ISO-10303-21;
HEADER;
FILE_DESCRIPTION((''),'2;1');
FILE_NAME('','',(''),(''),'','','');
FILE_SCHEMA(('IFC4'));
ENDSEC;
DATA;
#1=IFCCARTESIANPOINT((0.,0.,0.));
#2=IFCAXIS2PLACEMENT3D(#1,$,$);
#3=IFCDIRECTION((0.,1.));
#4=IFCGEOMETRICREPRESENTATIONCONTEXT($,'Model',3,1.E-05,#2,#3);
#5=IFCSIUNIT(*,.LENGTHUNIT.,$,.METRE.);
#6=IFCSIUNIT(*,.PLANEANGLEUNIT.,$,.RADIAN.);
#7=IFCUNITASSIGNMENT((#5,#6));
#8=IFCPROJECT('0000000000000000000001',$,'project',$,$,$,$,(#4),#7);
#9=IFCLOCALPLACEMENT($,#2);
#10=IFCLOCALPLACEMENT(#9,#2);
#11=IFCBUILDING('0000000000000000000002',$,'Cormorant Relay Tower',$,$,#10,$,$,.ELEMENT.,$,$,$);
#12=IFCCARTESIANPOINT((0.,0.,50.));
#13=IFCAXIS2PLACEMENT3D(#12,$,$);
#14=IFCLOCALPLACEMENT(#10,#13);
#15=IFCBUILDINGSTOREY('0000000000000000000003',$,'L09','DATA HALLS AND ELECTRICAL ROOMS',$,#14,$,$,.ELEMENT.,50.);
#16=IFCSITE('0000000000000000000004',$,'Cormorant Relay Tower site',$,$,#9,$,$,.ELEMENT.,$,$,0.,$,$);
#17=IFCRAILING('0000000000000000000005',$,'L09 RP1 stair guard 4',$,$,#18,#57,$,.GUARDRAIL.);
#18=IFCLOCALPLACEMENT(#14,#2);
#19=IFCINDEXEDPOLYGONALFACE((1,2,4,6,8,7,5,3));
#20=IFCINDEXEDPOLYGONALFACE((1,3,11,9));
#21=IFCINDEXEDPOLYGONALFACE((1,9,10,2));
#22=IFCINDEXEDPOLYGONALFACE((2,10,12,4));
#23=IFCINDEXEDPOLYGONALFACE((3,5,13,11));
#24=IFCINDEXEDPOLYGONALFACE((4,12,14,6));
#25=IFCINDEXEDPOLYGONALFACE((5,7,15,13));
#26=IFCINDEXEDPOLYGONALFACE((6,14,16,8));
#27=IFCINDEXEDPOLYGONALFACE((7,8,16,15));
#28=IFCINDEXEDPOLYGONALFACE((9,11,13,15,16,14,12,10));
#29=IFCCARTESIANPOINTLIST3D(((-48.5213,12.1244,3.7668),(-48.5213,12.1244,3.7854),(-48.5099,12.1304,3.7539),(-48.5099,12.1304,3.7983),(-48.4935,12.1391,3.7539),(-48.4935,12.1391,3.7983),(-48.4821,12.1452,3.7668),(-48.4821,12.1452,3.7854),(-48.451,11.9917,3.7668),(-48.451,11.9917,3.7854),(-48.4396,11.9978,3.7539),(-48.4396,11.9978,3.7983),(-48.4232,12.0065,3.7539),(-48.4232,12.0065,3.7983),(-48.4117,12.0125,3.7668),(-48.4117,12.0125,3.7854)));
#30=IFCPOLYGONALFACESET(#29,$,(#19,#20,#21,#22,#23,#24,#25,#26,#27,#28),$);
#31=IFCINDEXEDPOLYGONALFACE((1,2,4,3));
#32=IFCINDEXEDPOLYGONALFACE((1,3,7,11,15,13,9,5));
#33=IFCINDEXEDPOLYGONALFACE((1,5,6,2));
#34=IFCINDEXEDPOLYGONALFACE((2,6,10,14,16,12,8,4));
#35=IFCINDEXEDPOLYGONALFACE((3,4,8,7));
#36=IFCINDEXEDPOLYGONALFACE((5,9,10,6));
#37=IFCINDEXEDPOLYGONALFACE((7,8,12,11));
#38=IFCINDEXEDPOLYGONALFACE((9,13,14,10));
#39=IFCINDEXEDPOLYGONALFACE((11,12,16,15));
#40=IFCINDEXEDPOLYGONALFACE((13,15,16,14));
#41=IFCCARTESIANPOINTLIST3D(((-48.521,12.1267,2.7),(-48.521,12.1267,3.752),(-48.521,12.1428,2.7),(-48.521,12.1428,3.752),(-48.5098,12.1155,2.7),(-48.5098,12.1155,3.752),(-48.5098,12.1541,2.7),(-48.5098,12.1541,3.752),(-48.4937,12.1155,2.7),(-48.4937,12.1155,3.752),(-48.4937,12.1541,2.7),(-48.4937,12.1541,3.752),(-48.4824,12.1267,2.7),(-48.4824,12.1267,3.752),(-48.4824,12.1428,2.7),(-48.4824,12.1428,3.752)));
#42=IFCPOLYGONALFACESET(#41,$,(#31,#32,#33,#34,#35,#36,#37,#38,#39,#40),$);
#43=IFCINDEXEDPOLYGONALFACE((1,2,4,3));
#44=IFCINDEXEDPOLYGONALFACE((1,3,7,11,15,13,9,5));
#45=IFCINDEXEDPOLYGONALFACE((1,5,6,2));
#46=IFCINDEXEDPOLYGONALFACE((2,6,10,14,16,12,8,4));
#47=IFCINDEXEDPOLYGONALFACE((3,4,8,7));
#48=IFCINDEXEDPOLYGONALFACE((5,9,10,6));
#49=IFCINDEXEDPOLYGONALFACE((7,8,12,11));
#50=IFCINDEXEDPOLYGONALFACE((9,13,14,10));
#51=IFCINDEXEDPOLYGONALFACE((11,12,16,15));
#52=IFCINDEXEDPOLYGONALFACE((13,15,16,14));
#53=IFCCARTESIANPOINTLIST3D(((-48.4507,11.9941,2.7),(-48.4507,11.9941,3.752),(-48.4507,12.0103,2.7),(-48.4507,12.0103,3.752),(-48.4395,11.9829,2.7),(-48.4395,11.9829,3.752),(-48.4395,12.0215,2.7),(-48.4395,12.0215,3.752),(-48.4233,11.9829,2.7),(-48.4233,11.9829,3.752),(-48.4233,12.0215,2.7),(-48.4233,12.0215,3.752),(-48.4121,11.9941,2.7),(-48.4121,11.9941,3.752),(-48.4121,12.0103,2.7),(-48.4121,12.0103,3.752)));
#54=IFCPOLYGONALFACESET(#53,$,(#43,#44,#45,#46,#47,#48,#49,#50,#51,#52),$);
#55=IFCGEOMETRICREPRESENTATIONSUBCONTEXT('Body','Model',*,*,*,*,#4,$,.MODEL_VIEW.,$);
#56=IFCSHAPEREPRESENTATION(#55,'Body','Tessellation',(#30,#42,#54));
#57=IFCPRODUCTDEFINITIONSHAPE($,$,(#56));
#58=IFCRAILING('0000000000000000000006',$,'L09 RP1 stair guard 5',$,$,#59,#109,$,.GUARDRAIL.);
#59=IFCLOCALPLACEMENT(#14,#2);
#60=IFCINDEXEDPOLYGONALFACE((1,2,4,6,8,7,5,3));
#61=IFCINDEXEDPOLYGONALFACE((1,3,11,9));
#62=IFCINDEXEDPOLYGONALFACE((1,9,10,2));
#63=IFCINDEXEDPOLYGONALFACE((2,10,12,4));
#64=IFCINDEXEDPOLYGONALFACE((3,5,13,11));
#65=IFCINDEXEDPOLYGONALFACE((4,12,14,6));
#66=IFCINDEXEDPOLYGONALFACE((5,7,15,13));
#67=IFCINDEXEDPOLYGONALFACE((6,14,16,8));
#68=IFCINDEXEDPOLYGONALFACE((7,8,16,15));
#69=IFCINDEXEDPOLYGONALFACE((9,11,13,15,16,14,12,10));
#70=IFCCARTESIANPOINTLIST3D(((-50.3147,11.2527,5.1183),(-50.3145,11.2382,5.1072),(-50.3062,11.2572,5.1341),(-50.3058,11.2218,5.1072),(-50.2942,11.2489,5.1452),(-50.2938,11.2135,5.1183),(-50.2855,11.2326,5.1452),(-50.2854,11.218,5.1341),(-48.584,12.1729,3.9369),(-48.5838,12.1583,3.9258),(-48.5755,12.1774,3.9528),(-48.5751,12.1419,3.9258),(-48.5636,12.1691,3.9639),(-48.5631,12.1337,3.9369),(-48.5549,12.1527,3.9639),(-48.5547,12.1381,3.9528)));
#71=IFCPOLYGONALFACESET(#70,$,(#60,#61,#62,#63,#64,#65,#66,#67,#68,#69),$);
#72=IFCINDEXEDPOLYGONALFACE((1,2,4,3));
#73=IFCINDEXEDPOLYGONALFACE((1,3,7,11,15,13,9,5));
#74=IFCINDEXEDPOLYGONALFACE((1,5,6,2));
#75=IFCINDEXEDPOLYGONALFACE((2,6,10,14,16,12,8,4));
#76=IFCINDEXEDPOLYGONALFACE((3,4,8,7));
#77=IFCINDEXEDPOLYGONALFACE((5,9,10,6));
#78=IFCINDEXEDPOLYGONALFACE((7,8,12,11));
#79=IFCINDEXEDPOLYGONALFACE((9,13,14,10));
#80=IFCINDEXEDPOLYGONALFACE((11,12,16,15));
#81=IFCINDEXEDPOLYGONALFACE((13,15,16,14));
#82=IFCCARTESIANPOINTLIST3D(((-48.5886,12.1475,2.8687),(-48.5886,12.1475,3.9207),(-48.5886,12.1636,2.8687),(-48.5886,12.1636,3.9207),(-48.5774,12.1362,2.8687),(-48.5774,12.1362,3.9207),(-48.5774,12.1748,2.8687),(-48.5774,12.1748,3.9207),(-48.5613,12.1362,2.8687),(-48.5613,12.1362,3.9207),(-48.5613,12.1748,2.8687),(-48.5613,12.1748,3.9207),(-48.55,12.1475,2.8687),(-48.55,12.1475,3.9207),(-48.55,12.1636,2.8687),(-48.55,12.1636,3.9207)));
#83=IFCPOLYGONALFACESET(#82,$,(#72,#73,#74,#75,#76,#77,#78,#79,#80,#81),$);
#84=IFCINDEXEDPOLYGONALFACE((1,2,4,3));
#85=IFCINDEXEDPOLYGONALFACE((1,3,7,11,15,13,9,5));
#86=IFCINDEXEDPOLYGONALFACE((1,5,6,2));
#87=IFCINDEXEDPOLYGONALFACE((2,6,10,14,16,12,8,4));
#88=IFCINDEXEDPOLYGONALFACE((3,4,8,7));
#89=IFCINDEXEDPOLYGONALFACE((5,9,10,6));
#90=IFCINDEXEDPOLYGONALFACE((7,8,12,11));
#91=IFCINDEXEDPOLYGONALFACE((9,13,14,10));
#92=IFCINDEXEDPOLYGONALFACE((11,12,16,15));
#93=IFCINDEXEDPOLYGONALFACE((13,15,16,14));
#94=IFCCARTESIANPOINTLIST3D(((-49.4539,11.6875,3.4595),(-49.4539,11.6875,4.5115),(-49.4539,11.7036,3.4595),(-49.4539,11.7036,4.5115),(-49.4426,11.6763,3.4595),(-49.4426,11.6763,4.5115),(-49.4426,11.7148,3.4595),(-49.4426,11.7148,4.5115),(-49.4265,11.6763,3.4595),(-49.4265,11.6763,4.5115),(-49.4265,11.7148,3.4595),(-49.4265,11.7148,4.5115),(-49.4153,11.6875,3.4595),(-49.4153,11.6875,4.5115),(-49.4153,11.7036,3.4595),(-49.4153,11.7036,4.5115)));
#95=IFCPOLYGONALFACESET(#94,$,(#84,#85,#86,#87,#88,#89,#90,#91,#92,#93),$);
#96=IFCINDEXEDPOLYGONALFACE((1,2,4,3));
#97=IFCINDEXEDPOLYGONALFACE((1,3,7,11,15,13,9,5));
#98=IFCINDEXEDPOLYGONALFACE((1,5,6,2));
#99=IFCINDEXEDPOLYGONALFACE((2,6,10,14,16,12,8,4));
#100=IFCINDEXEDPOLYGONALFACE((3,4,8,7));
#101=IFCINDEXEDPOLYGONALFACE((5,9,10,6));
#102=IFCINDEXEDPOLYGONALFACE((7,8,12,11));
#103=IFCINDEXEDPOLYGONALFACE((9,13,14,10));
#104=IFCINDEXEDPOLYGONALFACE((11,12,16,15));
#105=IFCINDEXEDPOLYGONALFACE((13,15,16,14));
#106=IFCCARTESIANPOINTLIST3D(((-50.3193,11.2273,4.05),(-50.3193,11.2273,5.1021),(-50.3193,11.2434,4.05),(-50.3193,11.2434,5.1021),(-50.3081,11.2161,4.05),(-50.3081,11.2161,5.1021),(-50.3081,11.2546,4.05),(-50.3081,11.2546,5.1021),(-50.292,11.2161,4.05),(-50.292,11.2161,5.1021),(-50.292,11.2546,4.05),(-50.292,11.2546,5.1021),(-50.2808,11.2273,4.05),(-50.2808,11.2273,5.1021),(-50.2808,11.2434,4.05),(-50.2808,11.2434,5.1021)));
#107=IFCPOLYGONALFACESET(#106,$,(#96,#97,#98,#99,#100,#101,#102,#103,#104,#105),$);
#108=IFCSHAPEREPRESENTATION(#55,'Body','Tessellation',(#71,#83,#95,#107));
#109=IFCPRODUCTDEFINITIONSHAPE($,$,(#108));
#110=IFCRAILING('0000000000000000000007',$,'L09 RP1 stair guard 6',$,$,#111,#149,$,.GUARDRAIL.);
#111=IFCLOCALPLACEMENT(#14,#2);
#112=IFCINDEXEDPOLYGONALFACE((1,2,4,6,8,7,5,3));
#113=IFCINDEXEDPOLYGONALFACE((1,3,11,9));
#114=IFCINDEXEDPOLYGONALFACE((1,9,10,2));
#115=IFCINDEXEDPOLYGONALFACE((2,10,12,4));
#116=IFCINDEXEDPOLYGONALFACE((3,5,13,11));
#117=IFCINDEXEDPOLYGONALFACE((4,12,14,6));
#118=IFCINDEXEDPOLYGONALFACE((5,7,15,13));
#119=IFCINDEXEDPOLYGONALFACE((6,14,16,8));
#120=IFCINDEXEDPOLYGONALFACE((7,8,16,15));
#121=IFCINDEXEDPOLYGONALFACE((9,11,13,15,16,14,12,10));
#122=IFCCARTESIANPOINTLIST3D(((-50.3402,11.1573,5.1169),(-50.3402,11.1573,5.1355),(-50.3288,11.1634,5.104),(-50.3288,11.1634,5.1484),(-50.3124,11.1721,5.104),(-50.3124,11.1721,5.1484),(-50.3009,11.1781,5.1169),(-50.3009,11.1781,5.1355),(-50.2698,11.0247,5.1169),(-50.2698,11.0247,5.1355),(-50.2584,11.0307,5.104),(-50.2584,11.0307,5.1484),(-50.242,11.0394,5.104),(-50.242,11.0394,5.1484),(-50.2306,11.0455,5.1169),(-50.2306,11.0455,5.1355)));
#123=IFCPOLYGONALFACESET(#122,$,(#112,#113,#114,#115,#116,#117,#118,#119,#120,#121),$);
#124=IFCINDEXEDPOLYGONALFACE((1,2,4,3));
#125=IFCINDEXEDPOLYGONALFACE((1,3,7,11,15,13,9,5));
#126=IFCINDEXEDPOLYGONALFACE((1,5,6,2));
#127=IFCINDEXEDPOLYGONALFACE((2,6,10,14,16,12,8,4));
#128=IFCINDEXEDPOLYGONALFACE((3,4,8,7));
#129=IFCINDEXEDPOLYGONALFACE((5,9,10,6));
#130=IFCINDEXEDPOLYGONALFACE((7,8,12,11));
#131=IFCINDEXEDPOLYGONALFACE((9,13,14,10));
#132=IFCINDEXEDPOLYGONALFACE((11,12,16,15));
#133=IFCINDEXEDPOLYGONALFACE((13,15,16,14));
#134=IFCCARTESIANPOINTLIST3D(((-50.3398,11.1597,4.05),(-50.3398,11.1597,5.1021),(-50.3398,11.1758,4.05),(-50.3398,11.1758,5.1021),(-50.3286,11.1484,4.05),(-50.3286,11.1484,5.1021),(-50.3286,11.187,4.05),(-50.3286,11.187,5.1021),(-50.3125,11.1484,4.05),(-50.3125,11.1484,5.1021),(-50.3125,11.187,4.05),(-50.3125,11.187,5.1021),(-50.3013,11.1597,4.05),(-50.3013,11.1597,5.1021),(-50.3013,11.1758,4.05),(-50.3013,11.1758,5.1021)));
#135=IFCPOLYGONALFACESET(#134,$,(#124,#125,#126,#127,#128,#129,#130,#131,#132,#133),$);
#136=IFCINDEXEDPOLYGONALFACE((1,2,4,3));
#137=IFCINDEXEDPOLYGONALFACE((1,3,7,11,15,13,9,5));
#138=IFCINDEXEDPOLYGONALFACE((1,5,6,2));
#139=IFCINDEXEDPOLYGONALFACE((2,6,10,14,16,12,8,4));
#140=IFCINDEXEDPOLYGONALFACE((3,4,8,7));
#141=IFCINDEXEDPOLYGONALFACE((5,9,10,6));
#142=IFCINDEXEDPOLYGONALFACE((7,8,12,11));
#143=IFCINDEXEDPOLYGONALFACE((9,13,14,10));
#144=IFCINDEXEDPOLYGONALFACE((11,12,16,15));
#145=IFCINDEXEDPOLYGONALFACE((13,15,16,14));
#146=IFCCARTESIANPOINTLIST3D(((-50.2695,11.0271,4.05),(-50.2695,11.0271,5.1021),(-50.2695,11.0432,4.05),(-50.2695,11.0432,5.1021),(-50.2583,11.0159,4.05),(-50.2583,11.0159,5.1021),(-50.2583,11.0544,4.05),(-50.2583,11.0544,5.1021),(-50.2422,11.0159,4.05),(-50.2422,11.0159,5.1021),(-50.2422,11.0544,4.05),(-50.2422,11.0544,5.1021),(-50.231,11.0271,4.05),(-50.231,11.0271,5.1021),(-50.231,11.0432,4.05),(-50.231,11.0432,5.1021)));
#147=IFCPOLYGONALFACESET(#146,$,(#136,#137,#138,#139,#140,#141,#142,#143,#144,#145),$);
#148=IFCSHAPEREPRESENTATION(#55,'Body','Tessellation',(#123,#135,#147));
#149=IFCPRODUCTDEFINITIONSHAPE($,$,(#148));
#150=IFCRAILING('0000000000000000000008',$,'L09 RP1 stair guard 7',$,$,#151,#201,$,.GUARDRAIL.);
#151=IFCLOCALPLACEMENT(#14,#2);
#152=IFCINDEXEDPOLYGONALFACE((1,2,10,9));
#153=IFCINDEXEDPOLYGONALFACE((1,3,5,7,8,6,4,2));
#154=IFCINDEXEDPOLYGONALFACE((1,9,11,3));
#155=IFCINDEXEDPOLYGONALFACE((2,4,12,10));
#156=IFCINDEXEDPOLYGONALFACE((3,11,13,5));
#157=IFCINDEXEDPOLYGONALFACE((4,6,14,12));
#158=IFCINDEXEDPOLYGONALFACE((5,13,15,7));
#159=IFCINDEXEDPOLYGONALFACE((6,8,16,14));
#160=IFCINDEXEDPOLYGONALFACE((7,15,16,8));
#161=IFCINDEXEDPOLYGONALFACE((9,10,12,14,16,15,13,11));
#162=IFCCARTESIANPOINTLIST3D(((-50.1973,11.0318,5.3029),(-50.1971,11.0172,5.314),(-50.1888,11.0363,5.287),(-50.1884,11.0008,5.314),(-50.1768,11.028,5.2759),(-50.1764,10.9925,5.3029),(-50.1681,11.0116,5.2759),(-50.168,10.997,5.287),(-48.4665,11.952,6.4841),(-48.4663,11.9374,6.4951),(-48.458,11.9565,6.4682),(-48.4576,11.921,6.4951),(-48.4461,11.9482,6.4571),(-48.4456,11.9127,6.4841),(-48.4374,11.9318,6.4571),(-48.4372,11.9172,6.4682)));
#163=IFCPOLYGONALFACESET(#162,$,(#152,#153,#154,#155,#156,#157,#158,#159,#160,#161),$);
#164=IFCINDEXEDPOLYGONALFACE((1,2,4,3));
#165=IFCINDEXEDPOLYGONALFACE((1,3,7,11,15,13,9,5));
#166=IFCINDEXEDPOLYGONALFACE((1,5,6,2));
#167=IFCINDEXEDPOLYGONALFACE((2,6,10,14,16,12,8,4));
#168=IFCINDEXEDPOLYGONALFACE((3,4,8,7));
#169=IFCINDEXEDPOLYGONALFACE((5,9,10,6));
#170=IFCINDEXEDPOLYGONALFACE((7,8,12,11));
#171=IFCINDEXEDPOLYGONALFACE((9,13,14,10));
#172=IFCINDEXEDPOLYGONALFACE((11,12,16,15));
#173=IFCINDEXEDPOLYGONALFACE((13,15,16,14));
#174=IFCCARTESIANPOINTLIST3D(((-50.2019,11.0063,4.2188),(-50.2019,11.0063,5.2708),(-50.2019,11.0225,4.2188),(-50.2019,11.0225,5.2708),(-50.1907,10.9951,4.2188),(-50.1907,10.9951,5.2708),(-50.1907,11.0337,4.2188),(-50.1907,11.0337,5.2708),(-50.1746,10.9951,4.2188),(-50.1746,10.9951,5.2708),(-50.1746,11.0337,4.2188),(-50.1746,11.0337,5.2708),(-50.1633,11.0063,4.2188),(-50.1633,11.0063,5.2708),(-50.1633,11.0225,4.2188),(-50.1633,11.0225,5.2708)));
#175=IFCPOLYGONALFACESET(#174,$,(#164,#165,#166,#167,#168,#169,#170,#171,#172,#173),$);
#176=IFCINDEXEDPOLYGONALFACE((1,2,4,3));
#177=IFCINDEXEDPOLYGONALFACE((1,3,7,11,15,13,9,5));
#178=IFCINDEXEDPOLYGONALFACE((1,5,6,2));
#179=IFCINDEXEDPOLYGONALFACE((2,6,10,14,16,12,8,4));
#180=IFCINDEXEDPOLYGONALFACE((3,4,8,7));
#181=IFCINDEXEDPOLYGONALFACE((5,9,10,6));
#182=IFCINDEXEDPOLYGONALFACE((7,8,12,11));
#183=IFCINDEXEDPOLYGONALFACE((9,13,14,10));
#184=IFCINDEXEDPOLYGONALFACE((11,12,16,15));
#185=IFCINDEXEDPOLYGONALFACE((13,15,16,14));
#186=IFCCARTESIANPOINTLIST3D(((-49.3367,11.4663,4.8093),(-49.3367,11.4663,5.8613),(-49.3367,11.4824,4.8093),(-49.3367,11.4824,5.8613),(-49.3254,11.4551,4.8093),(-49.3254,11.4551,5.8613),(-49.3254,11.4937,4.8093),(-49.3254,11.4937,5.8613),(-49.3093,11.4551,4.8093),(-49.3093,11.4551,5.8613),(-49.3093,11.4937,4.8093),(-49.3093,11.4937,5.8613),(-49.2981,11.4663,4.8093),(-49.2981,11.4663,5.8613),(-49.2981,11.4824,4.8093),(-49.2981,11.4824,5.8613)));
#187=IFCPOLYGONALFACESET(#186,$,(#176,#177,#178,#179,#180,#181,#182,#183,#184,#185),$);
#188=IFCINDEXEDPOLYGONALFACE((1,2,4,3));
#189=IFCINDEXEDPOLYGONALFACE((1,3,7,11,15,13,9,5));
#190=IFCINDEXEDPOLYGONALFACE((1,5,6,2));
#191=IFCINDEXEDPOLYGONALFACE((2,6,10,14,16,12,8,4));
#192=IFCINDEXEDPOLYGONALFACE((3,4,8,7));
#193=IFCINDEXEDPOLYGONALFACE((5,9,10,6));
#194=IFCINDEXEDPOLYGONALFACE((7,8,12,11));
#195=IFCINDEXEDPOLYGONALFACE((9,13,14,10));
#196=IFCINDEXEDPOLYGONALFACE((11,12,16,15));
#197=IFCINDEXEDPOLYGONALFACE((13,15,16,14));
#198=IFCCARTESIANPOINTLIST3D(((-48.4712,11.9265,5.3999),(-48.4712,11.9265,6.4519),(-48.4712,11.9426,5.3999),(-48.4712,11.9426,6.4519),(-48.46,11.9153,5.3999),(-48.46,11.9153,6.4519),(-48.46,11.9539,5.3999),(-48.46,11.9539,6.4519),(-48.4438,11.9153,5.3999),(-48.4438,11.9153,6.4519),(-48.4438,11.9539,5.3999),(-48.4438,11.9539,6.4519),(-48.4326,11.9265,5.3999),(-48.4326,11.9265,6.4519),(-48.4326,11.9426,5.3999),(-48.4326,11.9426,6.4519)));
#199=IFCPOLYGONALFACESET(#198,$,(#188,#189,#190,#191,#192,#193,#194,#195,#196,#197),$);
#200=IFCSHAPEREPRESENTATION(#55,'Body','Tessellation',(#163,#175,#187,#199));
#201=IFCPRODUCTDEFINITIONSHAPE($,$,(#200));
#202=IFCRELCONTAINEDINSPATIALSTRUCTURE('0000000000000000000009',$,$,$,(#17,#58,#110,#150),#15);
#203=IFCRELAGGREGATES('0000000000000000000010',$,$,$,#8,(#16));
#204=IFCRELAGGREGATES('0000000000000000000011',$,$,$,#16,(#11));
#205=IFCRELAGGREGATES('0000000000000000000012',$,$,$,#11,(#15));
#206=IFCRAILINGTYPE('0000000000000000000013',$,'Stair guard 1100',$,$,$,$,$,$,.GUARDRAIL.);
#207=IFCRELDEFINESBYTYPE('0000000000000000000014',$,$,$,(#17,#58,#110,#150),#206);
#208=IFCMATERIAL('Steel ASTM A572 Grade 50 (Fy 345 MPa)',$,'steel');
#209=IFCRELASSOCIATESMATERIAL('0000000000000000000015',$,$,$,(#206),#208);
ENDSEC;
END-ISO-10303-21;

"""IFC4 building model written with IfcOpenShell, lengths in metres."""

from ifc_helpers import new_model, si_unit, direction, frame, origin, place, context, subcontext, project, spatial, polyline, outline, extrude, material, type_object, element, save


model = new_model("IFC4")

# Units and contexts
model_context = context("Model", 3, precision=1e-05, world=origin(), true_north=direction((0.0, 1.0)))
body_context = subcontext(model_context, "Body", "Model", "MODEL_VIEW")
ifc_project = project(units=[si_unit("LENGTHUNIT", "METRE"), si_unit("PLANEANGLEUNIT", "RADIAN")], contexts=[model_context])

# Site, building, storey
site_placement = place(None, origin())
site = spatial("IfcSite", under=ifc_project, at=site_placement, Name="Cormorant Relay Tower site", CompositionType="ELEMENT", RefElevation=0.0)
building_placement = place(site_placement, origin())
building = spatial("IfcBuilding", under=site, at=building_placement, Name="Cormorant Relay Tower", CompositionType="ELEMENT")
storey_placement = place(building_placement, frame((0.0, 0.0, 50.0)))
storey = spatial("IfcBuildingStorey", under=building, at=storey_placement, Name="L09", Description="DATA HALLS AND ELECTRICAL ROOMS", CompositionType="ELEMENT", Elevation=50.0)

# Railings
ifc_material_1 = material(Name="Steel ASTM A572 Grade 50 (Fy 345 MPa)", Category="steel")
railing_type_1 = type_object("IfcRailingType", Name="Stair guard 1100", PredefinedType="GUARDRAIL", material=ifc_material_1)
railing_1_placement = place(storey_placement, frame((-48.5017, 12.1348, 2.7)))
element("IfcRailing", 1, at=railing_1_placement, inside=storey, type_object=railing_type_1, Name="L09 RP1 stair guard 4", PredefinedType="GUARDRAIL", context=body_context, shape_type="SweptSolid", body=[
    extrude(outline(polyline([(0.0222, 0.0093), (0.0093, 0.0222), (-0.0093, 0.0222), (-0.0222, 0.0093), (-0.0222, -0.0093), (-0.0093, -0.0222), (0.0093, -0.0222), (0.0222, -0.0093), (0.0222, 0.0093)])), frame((0.0, 0.0, 1.0762), z_axis=(0.46856, -0.883431, 0.0), x_axis=(0.883431, 0.46856, 0.0)), (0.0, 0.0, 1.0), 0.1501),
    extrude(outline(polyline([(0.0193, 0.0081), (0.0081, 0.0193), (-0.0081, 0.0193), (-0.0193, 0.0081), (-0.0193, -0.0081), (-0.0081, -0.0193), (0.0081, -0.0193), (0.0193, -0.0081), (0.0193, 0.0081)])), origin(), (0.0, 0.0, 1.0), 1.052),
    extrude(outline(polyline([(0.0193, 0.0081), (0.0081, 0.0193), (-0.0081, 0.0193), (-0.0193, 0.0081), (-0.0193, -0.0081), (-0.0081, -0.0193), (0.0081, -0.0193), (0.0193, -0.0081), (0.0193, 0.0081)])), frame((0.0703, -0.1326, 0.0)), (0.0, 0.0, 1.0), 1.052),
])
railing_2_placement = place(storey_placement, frame((-48.5693, 12.1555, 2.8687)))
element("IfcRailing", 2, at=railing_2_placement, inside=storey, type_object=railing_type_1, Name="L09 RP1 stair guard 5", PredefinedType="GUARDRAIL", context=body_context, shape_type="SweptSolid", body=[
    extrude(outline(polyline([(0.0222, 0.0093), (0.0093, 0.0222), (-0.0093, 0.0222), (-0.0222, 0.0093), (-0.0222, -0.0093), (-0.0093, -0.0222), (0.0093, -0.0222), (0.0222, -0.0093), (0.0222, 0.0093)])), frame((0.0, 0.0, 1.0762), z_axis=(-0.756226, -0.402062, 0.516205), x_axis=(0.469444, -0.882962, 0.0)), (0.0, 0.0, 1.0), 2.2886),
    extrude(outline(polyline([(0.0193, 0.0081), (0.0081, 0.0193), (-0.0081, 0.0193), (-0.0193, 0.0081), (-0.0193, -0.0081), (-0.0081, -0.0193), (0.0081, -0.0193), (0.0193, -0.0081), (0.0193, 0.0081)])), origin(), (0.0, 0.0, 1.0), 1.052),
    extrude(outline(polyline([(0.0193, 0.0081), (0.0081, 0.0193), (-0.0081, 0.0193), (-0.0193, 0.0081), (-0.0193, -0.0081), (-0.0081, -0.0193), (0.0081, -0.0193), (0.0193, -0.0081), (0.0193, 0.0081)])), frame((-0.8652, -0.46, 0.5908)), (0.0, 0.0, 1.0), 1.052),
    extrude(outline(polyline([(0.0193, 0.0081), (0.0081, 0.0193), (-0.0081, 0.0193), (-0.0193, 0.0081), (-0.0193, -0.0081), (-0.0081, -0.0193), (0.0081, -0.0193), (0.0193, -0.0081), (0.0193, 0.0081)])), frame((-1.7307, -0.9202, 1.1814)), (0.0, 0.0, 1.0), 1.052),
])
railing_3_placement = place(storey_placement, frame((-50.3206, 11.1677, 4.05)))
element("IfcRailing", 3, at=railing_3_placement, inside=storey, type_object=railing_type_1, Name="L09 RP1 stair guard 6", PredefinedType="GUARDRAIL", context=body_context, shape_type="SweptSolid", body=[
    extrude(outline(polyline([(0.0222, 0.0093), (0.0093, 0.0222), (-0.0093, 0.0222), (-0.0222, 0.0093), (-0.0222, -0.0093), (-0.0093, -0.0222), (0.0093, -0.0222), (0.0222, -0.0093), (0.0222, 0.0093)])), frame((0.0, 0.0, 1.0762), z_axis=(0.46856, -0.883431, 0.0), x_axis=(0.883431, 0.46856, 0.0)), (0.0, 0.0, 1.0), 0.1501),
    extrude(outline(polyline([(0.0193, 0.0081), (0.0081, 0.0193), (-0.0081, 0.0193), (-0.0193, 0.0081), (-0.0193, -0.0081), (-0.0081, -0.0193), (0.0081, -0.0193), (0.0193, -0.0081), (0.0193, 0.0081)])), origin(), (0.0, 0.0, 1.0), 1.052),
    extrude(outline(polyline([(0.0193, 0.0081), (0.0081, 0.0193), (-0.0081, 0.0193), (-0.0193, 0.0081), (-0.0193, -0.0081), (-0.0081, -0.0193), (0.0081, -0.0193), (0.0193, -0.0081), (0.0193, 0.0081)])), frame((0.0703, -0.1326, 0.0)), (0.0, 0.0, 1.0), 1.052),
])
railing_4_placement = place(storey_placement, frame((-50.1826, 11.0144, 4.2188)))
element("IfcRailing", 4, at=railing_4_placement, inside=storey, type_object=railing_type_1, Name="L09 RP1 stair guard 7", PredefinedType="GUARDRAIL", context=body_context, shape_type="SweptSolid", body=[
    extrude(outline(polyline([(0.0222, 0.0093), (0.0093, 0.0222), (-0.0093, 0.0222), (-0.0222, 0.0093), (-0.0222, -0.0093), (-0.0093, -0.0222), (0.0093, -0.0222), (0.0222, -0.0093), (0.0222, 0.0093)])), frame((0.0, 0.0, 1.0762), z_axis=(0.756268, 0.402084, 0.516127), x_axis=(-0.469444, 0.882962, 0.0)), (0.0, 0.0, 1.0), 2.2886),
    extrude(outline(polyline([(0.0193, 0.0081), (0.0081, 0.0193), (-0.0081, 0.0193), (-0.0193, 0.0081), (-0.0193, -0.0081), (-0.0081, -0.0193), (0.0081, -0.0193), (0.0193, -0.0081), (0.0193, 0.0081)])), origin(), (0.0, 0.0, 1.0), 1.052),
    extrude(outline(polyline([(0.0193, 0.0081), (0.0081, 0.0193), (-0.0081, 0.0193), (-0.0193, 0.0081), (-0.0193, -0.0081), (-0.0081, -0.0193), (0.0081, -0.0193), (0.0193, -0.0081), (0.0193, 0.0081)])), frame((0.8652, 0.46, 0.5906)), (0.0, 0.0, 1.0), 1.052),
    extrude(outline(polyline([(0.0193, 0.0081), (0.0081, 0.0193), (-0.0081, 0.0193), (-0.0193, 0.0081), (-0.0193, -0.0081), (-0.0081, -0.0193), (0.0081, -0.0193), (0.0193, -0.0081), (0.0193, 0.0081)])), frame((1.7307, 0.9202, 1.1812)), (0.0, 0.0, 1.0), 1.052),
])

save(model, "model.ifc")
